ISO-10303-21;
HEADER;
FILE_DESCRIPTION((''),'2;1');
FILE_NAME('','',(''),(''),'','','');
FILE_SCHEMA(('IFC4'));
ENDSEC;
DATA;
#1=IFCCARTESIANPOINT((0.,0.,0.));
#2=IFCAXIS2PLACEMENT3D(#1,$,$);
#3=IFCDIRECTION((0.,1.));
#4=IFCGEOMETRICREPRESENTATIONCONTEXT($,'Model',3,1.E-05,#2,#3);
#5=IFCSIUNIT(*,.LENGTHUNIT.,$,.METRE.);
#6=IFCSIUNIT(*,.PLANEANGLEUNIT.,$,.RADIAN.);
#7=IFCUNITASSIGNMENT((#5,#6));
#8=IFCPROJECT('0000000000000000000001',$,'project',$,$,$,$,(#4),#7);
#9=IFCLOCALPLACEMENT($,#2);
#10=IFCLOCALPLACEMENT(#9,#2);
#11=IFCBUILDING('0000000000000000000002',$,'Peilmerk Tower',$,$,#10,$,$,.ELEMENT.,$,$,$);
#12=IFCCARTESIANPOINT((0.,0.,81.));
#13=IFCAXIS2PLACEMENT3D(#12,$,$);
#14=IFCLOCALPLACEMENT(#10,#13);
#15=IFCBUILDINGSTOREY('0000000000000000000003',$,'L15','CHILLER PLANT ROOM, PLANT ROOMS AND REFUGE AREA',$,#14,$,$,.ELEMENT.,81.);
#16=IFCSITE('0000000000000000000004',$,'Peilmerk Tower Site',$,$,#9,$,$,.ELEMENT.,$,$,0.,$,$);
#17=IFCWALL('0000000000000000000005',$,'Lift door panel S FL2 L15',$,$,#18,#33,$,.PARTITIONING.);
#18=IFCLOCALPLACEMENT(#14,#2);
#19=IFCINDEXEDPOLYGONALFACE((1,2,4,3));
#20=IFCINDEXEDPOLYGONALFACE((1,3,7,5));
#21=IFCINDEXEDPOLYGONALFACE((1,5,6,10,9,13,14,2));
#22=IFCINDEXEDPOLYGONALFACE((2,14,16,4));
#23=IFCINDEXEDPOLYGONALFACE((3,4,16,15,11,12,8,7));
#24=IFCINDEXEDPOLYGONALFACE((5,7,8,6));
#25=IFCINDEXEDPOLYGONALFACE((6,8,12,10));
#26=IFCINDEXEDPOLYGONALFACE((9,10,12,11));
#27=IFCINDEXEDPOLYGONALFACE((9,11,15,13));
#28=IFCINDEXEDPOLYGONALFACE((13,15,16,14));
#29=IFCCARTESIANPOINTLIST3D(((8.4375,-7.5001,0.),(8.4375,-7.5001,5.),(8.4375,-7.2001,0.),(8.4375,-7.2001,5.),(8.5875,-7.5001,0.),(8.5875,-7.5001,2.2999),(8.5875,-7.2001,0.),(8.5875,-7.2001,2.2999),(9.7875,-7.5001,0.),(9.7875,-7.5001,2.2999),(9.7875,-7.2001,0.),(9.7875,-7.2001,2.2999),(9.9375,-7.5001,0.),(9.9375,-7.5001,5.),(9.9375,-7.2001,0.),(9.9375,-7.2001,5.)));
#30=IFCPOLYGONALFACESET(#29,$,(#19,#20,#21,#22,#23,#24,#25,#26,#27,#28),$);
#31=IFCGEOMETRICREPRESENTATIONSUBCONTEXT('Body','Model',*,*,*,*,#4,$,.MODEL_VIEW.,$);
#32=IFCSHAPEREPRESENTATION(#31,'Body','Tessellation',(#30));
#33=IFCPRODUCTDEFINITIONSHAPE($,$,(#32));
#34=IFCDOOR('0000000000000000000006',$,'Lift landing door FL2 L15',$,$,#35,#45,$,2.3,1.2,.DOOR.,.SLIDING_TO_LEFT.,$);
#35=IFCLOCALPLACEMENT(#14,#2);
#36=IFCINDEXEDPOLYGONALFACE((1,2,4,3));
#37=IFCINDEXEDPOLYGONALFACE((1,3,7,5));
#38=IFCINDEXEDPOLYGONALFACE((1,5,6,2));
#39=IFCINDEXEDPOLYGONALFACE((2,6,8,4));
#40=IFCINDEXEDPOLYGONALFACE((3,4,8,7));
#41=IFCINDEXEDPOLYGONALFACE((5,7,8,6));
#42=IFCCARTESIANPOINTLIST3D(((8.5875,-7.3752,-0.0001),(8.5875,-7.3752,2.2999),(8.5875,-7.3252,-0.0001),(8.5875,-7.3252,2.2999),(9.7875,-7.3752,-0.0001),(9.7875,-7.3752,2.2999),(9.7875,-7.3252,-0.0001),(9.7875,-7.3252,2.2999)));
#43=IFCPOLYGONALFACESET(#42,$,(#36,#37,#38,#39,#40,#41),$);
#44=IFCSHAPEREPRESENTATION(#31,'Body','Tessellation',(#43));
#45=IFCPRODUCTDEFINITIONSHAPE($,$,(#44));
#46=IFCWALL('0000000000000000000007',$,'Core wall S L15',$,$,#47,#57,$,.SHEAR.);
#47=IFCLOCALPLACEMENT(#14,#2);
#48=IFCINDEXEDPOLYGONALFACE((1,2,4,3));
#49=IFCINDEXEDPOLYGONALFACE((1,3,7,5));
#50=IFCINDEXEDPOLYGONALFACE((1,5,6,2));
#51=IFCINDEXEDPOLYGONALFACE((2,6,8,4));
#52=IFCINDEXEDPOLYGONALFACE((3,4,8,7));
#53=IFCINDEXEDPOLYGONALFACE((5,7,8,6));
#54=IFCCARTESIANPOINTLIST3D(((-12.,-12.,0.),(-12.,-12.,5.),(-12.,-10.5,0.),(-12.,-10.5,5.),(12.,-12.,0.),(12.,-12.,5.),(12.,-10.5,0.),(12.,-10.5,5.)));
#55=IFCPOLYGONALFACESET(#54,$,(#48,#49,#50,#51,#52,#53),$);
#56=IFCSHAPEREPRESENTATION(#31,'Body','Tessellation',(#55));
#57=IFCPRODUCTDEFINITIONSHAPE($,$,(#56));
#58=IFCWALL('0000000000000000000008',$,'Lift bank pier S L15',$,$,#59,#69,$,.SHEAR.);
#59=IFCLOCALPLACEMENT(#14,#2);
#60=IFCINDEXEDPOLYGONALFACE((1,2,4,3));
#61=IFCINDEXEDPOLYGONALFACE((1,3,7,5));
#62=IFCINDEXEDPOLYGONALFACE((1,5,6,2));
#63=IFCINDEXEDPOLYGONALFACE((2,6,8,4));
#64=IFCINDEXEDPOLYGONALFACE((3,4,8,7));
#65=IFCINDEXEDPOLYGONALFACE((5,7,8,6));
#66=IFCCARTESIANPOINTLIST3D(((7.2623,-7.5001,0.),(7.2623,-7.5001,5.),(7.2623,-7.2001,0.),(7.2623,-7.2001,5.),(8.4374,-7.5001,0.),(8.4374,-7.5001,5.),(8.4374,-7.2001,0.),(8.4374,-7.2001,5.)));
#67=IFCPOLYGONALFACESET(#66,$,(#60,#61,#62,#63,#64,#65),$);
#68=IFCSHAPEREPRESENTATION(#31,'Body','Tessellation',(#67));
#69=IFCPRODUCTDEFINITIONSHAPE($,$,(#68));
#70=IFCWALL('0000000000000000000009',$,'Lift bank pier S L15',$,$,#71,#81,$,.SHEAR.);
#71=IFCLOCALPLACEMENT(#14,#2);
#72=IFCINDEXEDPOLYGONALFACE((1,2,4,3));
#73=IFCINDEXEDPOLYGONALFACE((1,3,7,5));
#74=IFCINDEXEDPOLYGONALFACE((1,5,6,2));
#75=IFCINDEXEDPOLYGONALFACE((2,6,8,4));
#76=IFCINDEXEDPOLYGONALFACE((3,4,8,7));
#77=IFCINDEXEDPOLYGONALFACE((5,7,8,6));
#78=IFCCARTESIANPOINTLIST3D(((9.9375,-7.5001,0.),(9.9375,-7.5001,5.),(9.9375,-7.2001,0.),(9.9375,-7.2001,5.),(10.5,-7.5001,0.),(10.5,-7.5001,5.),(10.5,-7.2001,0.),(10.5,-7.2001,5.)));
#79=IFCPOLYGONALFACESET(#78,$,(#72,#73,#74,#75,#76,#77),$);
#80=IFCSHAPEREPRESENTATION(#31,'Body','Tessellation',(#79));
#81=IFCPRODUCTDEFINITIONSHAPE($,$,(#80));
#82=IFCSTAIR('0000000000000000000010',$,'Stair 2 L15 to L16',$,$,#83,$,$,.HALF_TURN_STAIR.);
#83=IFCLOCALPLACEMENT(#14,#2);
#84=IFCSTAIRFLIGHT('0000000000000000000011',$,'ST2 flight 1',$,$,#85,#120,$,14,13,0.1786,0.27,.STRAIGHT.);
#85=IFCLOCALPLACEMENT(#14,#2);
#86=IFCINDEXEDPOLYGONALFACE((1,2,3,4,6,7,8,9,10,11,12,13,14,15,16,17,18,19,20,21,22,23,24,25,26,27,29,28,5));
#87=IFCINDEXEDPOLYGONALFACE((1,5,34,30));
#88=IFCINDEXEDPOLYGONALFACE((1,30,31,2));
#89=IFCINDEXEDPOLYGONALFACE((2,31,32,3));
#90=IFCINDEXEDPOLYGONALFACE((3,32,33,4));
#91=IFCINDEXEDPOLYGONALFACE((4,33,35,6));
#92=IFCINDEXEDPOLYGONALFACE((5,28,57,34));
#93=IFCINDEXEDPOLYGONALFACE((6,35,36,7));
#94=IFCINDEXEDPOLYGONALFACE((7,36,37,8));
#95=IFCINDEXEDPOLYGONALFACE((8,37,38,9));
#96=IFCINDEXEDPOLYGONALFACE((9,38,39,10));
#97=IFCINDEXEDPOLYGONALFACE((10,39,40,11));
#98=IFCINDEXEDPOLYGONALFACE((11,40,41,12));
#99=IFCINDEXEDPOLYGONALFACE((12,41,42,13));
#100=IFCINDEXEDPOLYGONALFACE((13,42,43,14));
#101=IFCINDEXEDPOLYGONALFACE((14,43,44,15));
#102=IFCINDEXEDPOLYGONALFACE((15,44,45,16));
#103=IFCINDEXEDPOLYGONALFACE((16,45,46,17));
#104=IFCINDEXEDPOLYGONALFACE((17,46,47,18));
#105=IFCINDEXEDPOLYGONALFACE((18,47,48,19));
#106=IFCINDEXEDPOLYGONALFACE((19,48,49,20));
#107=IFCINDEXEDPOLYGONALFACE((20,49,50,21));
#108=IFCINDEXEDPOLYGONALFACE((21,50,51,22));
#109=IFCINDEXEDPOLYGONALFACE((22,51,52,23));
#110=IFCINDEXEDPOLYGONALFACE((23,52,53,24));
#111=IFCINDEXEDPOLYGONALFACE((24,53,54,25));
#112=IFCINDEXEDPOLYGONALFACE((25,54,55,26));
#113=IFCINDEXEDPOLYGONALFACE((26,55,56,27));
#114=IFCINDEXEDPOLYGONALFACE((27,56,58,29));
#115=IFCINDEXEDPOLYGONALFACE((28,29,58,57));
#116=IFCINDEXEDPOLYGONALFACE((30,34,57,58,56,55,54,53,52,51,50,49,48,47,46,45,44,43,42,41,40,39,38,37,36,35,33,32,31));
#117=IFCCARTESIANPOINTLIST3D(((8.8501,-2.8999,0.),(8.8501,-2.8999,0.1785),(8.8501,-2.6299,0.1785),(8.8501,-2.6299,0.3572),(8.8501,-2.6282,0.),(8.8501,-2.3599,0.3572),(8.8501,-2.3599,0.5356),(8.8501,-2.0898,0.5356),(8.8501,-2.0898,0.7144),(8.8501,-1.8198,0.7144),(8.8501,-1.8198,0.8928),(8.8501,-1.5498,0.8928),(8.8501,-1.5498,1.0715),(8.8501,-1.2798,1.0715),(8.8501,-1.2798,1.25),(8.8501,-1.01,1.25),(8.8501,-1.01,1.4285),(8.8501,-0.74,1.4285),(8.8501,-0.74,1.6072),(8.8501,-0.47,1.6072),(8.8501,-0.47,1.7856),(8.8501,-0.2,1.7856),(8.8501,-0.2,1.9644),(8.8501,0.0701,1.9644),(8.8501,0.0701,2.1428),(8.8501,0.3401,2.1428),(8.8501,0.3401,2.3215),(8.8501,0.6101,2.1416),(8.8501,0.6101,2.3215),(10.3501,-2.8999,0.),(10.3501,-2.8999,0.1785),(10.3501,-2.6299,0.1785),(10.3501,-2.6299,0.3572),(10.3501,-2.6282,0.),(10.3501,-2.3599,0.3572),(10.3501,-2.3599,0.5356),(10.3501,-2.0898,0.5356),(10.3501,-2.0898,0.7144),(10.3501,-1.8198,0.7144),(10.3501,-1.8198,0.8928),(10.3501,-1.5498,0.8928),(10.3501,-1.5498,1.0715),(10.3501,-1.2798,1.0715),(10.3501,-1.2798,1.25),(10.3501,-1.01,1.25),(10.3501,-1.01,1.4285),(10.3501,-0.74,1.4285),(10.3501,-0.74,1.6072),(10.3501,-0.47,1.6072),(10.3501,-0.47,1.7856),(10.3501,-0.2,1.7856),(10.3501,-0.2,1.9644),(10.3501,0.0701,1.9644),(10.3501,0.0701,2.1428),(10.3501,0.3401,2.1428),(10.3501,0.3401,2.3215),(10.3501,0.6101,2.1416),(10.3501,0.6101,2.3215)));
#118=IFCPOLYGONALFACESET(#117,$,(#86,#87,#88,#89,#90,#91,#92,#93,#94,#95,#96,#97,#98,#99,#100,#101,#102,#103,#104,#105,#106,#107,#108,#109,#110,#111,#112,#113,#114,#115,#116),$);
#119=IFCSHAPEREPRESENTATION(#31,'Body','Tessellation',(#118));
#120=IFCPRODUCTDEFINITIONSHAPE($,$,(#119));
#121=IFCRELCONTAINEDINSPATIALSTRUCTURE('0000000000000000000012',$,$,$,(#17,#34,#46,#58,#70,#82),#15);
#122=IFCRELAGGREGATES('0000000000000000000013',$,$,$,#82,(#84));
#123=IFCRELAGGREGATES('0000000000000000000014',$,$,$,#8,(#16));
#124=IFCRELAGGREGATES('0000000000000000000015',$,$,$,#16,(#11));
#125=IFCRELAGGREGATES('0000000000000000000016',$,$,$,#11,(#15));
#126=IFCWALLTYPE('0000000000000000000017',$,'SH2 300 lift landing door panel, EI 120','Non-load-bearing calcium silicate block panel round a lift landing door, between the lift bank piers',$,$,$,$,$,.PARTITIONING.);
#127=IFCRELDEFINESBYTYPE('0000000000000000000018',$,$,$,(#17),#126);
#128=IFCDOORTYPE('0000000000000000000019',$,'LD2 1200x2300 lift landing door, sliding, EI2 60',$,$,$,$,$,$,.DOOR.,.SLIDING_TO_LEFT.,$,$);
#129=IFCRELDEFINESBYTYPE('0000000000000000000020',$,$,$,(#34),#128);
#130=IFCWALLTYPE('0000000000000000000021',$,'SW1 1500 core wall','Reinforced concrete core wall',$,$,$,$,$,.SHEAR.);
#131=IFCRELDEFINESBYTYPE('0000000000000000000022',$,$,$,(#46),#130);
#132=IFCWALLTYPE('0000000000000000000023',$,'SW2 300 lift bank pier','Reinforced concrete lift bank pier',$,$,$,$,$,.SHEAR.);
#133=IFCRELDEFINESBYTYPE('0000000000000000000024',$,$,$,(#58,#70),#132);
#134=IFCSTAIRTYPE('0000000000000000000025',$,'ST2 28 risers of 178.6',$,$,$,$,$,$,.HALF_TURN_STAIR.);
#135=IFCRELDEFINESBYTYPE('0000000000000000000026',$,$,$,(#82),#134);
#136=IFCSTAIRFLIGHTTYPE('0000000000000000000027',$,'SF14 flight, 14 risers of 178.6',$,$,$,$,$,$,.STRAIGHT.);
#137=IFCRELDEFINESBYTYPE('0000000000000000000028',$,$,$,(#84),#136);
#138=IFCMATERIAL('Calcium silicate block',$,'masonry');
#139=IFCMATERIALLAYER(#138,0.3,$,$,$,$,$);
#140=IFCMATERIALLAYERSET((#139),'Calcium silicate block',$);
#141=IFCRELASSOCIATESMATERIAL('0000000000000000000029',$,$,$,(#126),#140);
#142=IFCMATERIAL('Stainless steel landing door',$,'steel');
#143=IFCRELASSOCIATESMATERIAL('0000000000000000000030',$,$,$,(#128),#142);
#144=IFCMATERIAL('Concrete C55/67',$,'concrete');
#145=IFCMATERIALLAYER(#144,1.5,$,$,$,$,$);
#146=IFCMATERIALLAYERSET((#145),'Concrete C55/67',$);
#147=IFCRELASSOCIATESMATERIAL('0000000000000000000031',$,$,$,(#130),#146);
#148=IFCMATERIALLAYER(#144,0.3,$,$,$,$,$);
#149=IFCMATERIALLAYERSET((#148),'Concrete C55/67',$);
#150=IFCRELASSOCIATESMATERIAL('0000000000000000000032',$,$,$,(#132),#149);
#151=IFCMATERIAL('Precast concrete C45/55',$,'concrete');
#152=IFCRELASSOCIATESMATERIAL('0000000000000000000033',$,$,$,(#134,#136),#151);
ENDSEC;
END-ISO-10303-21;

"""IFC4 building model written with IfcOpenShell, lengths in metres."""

from ifc_helpers import new_model, si_unit, direction, frame, frame_2d, origin, place, context, subcontext, project, spatial, polyline, rectangle, outline, extrude, material, layer, layer_set, type_object, element, fill, aggregate, save


model = new_model("IFC4")

# Units and contexts
model_context = context("Model", 3, precision=1e-05, world=origin(), true_north=direction((0.0, 1.0)))
body_context = subcontext(model_context, "Body", "Model", "MODEL_VIEW")
ifc_project = project(units=[si_unit("LENGTHUNIT", "METRE"), si_unit("PLANEANGLEUNIT", "RADIAN")], contexts=[model_context])

# Site, building, storey
site_placement = place(None, origin())
site = spatial("IfcSite", under=ifc_project, at=site_placement, Name="Peilmerk Tower Site", CompositionType="ELEMENT", RefElevation=0.0)
building_placement = place(site_placement, origin())
building = spatial("IfcBuilding", under=site, at=building_placement, Name="Peilmerk Tower", CompositionType="ELEMENT")
storey_placement = place(building_placement, frame((0.0, 0.0, 81.0)))
storey = spatial("IfcBuildingStorey", under=building, at=storey_placement, Name="L15", Description="CHILLER PLANT ROOM, PLANT ROOMS AND REFUGE AREA", CompositionType="ELEMENT", Elevation=81.0)

# Shared definitions
ifc_material_1 = material(Name="Calcium silicate block", Category="masonry")

# Wall, opening, door
ifc_layer_1 = layer(ifc_material_1, 0.3)
ifc_layer_set_1 = layer_set([ifc_layer_1], Name="Calcium silicate block")
wall_type_1 = type_object("IfcWallType", Name="SH2 300 lift landing door panel, EI 120", Description="Non-load-bearing calcium silicate block panel round a lift landing door, between the lift bank piers", PredefinedType="PARTITIONING", material=ifc_layer_set_1)
wall_1_placement = place(storey_placement, frame((8.4375, -7.3501, 0.0), z_axis=(0.0, 0.0, 1.0), x_axis=(1.0, 0.0, 0.0)))
wall_1 = element("IfcWall", 1, at=wall_1_placement, inside=storey, type_object=wall_type_1, Name="Lift door panel S FL2 L15", PredefinedType="PARTITIONING", context=body_context, shape_type="SweptSolid", body=[
    extrude(rectangle(XDim=1.5, YDim=0.3, at=frame_2d((0.75, 0.0))), origin(), (0.0, 0.0, 1.0), 5.0),
])
opening_1_placement = place(wall_1_placement, frame((0.1499, 0.0, 0.0)))
opening_1 = element("IfcOpeningElement", 2, at=opening_1_placement, cuts=wall_1, PredefinedType="OPENING", context=body_context, shape_type="SweptSolid", body=[
    extrude(rectangle(XDim=1.2, YDim=2.3, at=frame_2d((0.6001, 1.1499))), frame((0.0, 0.1599, 0.0), z_axis=(0.0, -1.0, 0.0), x_axis=(1.0, 0.0, 0.0)), (0.0, 0.0, 1.0), 0.3201),
])
ifc_material_2 = material(Name="Stainless steel landing door", Category="steel")
door_type_1 = type_object("IfcDoorType", Name="LD2 1200x2300 lift landing door, sliding, EI2 60", OperationType="SLIDING_TO_LEFT", PredefinedType="DOOR", material=ifc_material_2)
door_1_placement = place(opening_1_placement, origin())
door_1 = element("IfcDoor", 3, at=door_1_placement, inside=storey, type_object=door_type_1, Name="Lift landing door FL2 L15", OperationType="SLIDING_TO_LEFT", OverallHeight=2.3, OverallWidth=1.2, PredefinedType="DOOR", context=body_context, shape_type="SweptSolid", body=[
    extrude(rectangle(XDim=1.2, YDim=2.3, at=frame_2d((0.6001, 1.1499))), frame((0.0, 0.0249, 0.0), z_axis=(0.0, -1.0, 0.0), x_axis=(1.0, 0.0, 0.0)), (0.0, 0.0, 1.0), 0.05),
])
fill(opening_1, door_1)

# Walls
ifc_material_3 = material(Name="Concrete C55/67", Category="concrete")
ifc_layer_2 = layer(ifc_material_3, 1.5)
ifc_layer_set_2 = layer_set([ifc_layer_2], Name="Concrete C55/67")
wall_type_2 = type_object("IfcWallType", Name="SW1 1500 core wall", Description="Reinforced concrete core wall", PredefinedType="SHEAR", material=ifc_layer_set_2)
wall_2_placement = place(storey_placement, frame((12.0, -11.25, 0.0), z_axis=(0.0, 0.0, 1.0), x_axis=(-1.0, 0.0, 0.0)))
element("IfcWall", 4, at=wall_2_placement, inside=storey, type_object=wall_type_2, Name="Core wall S L15", PredefinedType="SHEAR", context=body_context, shape_type="SweptSolid", body=[
    extrude(rectangle(XDim=24.0, YDim=1.5, at=frame_2d((12.0, 0.0))), origin(), (0.0, 0.0, 1.0), 5.0),
])
ifc_layer_3 = layer(ifc_material_3, 0.3)
ifc_layer_set_3 = layer_set([ifc_layer_3], Name="Concrete C55/67")
wall_type_3 = type_object("IfcWallType", Name="SW2 300 lift bank pier", Description="Reinforced concrete lift bank pier", PredefinedType="SHEAR", material=ifc_layer_set_3)
wall_3_placement = place(storey_placement, frame((7.2625, -7.3501, 0.0), z_axis=(0.0, 0.0, 1.0), x_axis=(1.0, 0.0, 0.0)))
element("IfcWall", 5, at=wall_3_placement, inside=storey, type_object=wall_type_3, Name="Lift bank pier S L15", PredefinedType="SHEAR", context=body_context, shape_type="SweptSolid", body=[
    extrude(rectangle(XDim=1.175, YDim=0.3, at=frame_2d((0.5874, 0.0))), origin(), (0.0, 0.0, 1.0), 5.0),
])
wall_4_placement = place(storey_placement, frame((9.9375, -7.3501, 0.0), z_axis=(0.0, 0.0, 1.0), x_axis=(1.0, 0.0, 0.0)))
element("IfcWall", 6, at=wall_4_placement, inside=storey, type_object=wall_type_3, Name="Lift bank pier S L15", PredefinedType="SHEAR", context=body_context, shape_type="SweptSolid", body=[
    extrude(rectangle(XDim=0.5625, YDim=0.3, at=frame_2d((0.2812, 0.0))), origin(), (0.0, 0.0, 1.0), 5.0),
])

# Stair, stair flight
ifc_material_4 = material(Name="Precast concrete C45/55", Category="concrete")
stair_type = type_object("IfcStairType", Name="ST2 28 risers of 178.6", PredefinedType="HALF_TURN_STAIR", material=ifc_material_4)
stair_placement = place(storey_placement, origin())
stair = element("IfcStair", 7, at=stair_placement, inside=storey, type_object=stair_type, Name="Stair 2 L15 to L16", PredefinedType="HALF_TURN_STAIR")
stair_flight_type = type_object("IfcStairFlightType", Name="SF14 flight, 14 risers of 178.6", PredefinedType="STRAIGHT", material=ifc_material_4)
stair_flight_placement = place(storey_placement, frame((9.6001, -2.8999, 0.0), z_axis=(0.0, 0.0, 1.0), x_axis=(0.0, 1.0, 0.0)))
stair_flight = element("IfcStairFlight", 8, at=stair_flight_placement, type_object=stair_flight_type, Name="ST2 flight 1", NumberOfRisers=14, NumberOfTreads=13, PredefinedType="STRAIGHT", RiserHeight=0.1786, TreadLength=0.27, context=body_context, shape_type="SweptSolid", body=[
    extrude(outline(polyline([(0.0, 0.0), (0.0, 0.1785), (0.27, 0.1785), (0.27, 0.3572), (0.54, 0.3572), (0.54, 0.5356), (0.8101, 0.5356), (0.8101, 0.7144), (1.0801, 0.7144), (1.0801, 0.8928), (1.3501, 0.8928), (1.3501, 1.0715), (1.6201, 1.0715), (1.6201, 1.25), (1.8899, 1.25), (1.8899, 1.4285), (2.1599, 1.4285), (2.1599, 1.6072), (2.4299, 1.6072), (2.4299, 1.7856), (2.7, 1.7856), (2.7, 1.9644), (2.97, 1.9644), (2.97, 2.1428), (3.24, 2.1428), (3.24, 2.3215), (3.51, 2.3215), (3.51, 2.5), (3.51, 2.1416), (0.2717, 0.0), (0.0, 0.0)])), frame((0.0, 0.75, 0.0), z_axis=(0.0, -1.0, 0.0), x_axis=(1.0, 0.0, 0.0)), (0.0, 0.0, 1.0), 1.5),
])
aggregate(stair, [stair_flight])

save(model, "model.ifc")
